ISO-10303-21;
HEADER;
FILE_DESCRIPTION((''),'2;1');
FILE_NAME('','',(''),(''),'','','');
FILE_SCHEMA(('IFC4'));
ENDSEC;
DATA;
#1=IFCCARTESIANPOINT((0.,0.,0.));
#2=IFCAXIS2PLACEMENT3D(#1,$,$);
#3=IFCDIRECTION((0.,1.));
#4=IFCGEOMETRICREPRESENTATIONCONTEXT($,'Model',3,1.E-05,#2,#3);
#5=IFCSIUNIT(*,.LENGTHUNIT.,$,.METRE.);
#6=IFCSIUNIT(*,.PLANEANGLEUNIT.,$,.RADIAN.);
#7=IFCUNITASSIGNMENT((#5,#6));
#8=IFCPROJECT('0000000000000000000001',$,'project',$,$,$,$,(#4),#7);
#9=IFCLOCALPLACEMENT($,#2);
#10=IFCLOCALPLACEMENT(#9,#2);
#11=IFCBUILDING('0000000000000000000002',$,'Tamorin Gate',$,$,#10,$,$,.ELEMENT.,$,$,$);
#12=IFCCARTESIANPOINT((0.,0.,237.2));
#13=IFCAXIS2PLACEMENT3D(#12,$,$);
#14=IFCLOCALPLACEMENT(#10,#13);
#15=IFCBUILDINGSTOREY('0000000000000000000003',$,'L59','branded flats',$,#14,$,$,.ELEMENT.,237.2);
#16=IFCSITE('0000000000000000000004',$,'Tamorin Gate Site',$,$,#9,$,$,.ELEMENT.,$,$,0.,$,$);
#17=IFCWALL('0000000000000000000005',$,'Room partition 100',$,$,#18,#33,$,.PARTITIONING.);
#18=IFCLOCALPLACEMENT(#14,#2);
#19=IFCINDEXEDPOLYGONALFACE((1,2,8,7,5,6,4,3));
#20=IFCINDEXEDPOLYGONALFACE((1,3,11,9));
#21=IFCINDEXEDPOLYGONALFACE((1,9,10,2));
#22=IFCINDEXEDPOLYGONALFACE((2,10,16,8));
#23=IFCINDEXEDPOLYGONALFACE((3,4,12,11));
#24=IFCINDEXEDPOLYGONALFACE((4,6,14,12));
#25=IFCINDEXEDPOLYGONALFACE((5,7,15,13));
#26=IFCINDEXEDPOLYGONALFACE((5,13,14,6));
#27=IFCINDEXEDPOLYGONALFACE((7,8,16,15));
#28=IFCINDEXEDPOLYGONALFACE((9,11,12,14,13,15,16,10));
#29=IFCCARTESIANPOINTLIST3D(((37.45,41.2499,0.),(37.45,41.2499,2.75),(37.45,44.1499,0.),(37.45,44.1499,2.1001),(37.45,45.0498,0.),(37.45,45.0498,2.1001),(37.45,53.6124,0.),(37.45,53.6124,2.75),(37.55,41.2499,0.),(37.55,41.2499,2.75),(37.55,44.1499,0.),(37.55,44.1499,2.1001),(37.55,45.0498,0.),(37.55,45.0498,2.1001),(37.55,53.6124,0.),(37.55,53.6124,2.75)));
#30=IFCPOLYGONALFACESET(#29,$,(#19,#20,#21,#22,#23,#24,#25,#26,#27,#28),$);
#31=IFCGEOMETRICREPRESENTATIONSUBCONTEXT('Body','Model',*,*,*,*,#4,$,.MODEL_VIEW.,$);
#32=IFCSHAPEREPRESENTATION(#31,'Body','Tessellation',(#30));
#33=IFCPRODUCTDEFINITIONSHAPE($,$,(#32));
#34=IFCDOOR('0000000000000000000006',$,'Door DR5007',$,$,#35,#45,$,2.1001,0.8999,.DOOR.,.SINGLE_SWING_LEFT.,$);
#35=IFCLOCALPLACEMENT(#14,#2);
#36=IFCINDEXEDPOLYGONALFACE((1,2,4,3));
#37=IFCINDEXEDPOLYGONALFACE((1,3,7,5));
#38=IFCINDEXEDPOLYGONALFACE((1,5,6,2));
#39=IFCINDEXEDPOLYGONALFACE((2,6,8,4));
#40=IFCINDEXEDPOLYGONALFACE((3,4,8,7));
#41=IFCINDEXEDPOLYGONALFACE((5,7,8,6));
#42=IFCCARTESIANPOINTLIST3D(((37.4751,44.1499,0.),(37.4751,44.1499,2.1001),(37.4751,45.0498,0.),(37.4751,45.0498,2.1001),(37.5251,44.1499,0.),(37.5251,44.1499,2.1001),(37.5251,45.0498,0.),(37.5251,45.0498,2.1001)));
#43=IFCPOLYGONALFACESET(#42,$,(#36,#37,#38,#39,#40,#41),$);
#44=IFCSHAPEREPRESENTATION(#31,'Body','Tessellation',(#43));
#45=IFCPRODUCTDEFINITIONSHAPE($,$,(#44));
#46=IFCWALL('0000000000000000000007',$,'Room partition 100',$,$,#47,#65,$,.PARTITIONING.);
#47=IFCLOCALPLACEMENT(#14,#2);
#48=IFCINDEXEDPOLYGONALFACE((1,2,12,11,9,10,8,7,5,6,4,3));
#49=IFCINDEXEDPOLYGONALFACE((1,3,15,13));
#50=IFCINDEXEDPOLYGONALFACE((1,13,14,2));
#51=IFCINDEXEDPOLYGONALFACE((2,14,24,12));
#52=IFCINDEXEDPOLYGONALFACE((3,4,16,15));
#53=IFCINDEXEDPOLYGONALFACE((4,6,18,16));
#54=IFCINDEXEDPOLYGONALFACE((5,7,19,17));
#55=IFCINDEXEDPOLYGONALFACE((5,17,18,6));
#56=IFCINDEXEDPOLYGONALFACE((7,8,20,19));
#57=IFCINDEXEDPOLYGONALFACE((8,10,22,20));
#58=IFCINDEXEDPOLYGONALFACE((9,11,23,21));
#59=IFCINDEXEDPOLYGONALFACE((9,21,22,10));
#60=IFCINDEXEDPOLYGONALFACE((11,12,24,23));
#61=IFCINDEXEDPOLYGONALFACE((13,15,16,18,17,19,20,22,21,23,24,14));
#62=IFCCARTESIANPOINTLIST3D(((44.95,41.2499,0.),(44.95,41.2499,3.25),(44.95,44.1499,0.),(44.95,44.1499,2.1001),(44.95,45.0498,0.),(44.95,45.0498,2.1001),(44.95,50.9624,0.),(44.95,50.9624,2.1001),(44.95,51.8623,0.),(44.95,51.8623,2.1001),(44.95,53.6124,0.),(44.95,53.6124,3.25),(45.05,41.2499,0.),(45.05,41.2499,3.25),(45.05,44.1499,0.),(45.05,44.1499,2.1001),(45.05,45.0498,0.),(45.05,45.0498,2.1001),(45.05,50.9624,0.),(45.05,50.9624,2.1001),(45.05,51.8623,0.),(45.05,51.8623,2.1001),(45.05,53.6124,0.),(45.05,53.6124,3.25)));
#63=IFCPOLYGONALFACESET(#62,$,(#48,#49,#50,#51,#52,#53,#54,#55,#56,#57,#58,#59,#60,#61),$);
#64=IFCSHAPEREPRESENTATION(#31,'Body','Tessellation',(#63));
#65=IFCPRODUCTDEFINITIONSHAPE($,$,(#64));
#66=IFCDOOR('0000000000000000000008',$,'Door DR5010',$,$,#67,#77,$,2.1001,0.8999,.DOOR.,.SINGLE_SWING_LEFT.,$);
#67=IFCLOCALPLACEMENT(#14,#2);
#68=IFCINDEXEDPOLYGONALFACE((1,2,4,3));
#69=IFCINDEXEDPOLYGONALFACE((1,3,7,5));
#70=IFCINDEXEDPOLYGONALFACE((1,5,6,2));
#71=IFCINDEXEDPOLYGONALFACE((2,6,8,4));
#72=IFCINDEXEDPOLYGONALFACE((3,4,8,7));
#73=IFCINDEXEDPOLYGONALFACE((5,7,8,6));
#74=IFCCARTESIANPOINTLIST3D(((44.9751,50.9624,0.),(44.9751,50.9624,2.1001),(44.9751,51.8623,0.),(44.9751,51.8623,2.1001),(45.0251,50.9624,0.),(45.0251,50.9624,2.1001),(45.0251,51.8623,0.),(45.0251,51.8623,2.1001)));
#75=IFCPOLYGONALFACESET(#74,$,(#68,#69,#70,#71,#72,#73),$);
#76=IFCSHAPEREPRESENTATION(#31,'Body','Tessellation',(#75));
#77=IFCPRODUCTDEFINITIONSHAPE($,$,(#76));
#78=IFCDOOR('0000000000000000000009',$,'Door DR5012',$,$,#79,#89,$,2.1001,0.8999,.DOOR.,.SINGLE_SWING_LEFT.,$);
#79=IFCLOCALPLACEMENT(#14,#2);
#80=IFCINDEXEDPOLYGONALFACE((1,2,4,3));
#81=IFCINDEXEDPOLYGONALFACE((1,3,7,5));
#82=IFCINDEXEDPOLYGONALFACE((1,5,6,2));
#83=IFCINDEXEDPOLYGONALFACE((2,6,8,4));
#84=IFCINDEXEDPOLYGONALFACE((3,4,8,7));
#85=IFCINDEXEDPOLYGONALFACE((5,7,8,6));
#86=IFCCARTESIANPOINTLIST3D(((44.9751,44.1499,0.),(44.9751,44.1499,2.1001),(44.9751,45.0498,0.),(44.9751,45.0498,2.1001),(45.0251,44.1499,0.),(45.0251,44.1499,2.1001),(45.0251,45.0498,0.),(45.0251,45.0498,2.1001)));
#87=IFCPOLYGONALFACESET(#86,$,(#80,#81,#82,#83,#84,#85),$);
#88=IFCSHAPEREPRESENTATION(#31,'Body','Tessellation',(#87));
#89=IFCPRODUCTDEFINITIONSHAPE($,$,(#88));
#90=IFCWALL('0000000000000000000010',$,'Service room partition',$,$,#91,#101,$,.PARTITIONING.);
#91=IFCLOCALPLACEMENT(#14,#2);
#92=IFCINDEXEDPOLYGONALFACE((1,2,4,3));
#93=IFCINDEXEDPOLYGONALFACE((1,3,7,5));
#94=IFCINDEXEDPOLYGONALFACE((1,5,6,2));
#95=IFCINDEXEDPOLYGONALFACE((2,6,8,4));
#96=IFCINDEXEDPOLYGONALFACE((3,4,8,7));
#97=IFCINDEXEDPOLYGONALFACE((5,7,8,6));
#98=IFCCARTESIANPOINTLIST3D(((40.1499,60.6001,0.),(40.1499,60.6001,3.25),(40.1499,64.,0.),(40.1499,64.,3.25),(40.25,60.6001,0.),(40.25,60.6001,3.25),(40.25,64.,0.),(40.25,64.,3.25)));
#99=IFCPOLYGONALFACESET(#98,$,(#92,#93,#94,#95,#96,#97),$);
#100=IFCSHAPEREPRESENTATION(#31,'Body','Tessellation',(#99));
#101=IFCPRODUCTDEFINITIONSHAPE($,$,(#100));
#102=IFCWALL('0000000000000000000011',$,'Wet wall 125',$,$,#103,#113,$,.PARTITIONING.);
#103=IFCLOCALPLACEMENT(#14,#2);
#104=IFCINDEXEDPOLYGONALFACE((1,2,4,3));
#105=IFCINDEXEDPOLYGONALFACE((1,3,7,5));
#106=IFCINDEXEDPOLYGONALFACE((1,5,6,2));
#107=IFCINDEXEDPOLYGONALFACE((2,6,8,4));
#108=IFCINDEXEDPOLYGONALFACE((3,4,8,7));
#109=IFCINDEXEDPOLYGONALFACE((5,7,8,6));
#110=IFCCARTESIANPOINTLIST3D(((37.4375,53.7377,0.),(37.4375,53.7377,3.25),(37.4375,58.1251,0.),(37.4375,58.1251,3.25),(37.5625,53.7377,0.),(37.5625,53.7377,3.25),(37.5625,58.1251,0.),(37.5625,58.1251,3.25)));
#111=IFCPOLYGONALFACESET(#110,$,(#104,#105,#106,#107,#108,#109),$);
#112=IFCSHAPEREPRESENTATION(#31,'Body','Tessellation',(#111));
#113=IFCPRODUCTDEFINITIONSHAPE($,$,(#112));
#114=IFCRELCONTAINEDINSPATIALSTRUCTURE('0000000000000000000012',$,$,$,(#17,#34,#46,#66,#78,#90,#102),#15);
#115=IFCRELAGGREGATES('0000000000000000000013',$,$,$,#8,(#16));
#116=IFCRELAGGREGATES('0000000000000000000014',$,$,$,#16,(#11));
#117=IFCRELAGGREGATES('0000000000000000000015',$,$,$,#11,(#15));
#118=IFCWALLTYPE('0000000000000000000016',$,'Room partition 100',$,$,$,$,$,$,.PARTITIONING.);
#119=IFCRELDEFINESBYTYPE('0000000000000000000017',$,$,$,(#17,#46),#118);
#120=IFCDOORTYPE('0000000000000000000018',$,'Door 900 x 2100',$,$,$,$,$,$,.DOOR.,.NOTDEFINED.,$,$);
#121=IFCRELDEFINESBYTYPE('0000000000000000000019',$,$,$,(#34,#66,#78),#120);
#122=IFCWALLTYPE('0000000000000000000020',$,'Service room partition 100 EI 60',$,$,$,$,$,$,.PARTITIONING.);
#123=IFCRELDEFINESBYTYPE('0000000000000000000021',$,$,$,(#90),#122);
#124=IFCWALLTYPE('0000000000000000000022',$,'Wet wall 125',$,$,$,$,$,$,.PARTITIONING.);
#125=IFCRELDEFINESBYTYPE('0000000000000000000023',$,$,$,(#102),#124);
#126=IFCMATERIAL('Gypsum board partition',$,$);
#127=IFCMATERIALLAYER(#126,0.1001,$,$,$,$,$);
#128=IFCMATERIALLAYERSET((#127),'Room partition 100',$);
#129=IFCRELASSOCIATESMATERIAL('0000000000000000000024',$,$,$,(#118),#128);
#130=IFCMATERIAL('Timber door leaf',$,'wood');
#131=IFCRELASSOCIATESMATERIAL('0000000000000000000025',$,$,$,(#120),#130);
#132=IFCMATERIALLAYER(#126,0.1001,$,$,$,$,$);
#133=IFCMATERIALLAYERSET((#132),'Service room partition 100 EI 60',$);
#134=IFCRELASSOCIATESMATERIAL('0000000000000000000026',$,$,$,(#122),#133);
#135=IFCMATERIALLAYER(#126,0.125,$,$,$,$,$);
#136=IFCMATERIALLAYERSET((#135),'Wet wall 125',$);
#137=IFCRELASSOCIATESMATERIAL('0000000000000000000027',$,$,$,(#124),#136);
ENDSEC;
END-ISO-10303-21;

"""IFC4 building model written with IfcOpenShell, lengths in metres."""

from ifc_helpers import new_model, si_unit, direction, frame, frame_2d, origin, place, context, subcontext, project, spatial, rectangle, extrude, material, layer, layer_set, type_object, element, fill, save


model = new_model("IFC4")

# Units and contexts
model_context = context("Model", 3, precision=1e-05, world=origin(), true_north=direction((0.0, 1.0)))
body_context = subcontext(model_context, "Body", "Model", "MODEL_VIEW")
ifc_project = project(units=[si_unit("LENGTHUNIT", "METRE"), si_unit("PLANEANGLEUNIT", "RADIAN")], contexts=[model_context])

# Site, building, storey
site_placement = place(None, origin())
site = spatial("IfcSite", under=ifc_project, at=site_placement, Name="Tamorin Gate Site", CompositionType="ELEMENT", RefElevation=0.0)
building_placement = place(site_placement, origin())
building = spatial("IfcBuilding", under=site, at=building_placement, Name="Tamorin Gate", CompositionType="ELEMENT")
storey_placement = place(building_placement, frame((0.0, 0.0, 237.2)))
storey = spatial("IfcBuildingStorey", under=building, at=storey_placement, Name="L59", Description="branded flats", CompositionType="ELEMENT", Elevation=237.2)

# Shared definitions
ifc_material_1 = material(Name="Gypsum board partition")

# Wall, opening, door
ifc_layer_1 = layer(ifc_material_1, 0.1001)
ifc_layer_set_1 = layer_set([ifc_layer_1], Name="Room partition 100")
wall_type_1 = type_object("IfcWallType", Name="Room partition 100", PredefinedType="PARTITIONING", material=ifc_layer_set_1)
wall_1_placement = place(storey_placement, frame((37.5, 41.25, 0.0), z_axis=(0.0, 0.0, 1.0), x_axis=(0.0, 1.0, 0.0)))
wall_1 = element("IfcWall", 1, at=wall_1_placement, inside=storey, type_object=wall_type_1, Name="Room partition 100", PredefinedType="PARTITIONING", context=body_context, shape_type="SweptSolid", body=[
    extrude(rectangle(XDim=12.3625, YDim=0.1001, at=frame_2d((6.1812, 0.0))), origin(), (0.0, 0.0, 1.0), 2.75),
])
opening_1_placement = place(wall_1_placement, frame((2.8999, 0.0, 0.0)))
opening_1 = element("IfcOpeningElement", 2, at=opening_1_placement, cuts=wall_1, PredefinedType="OPENING", context=body_context, shape_type="SweptSolid", body=[
    extrude(rectangle(XDim=0.8999, YDim=2.1001, at=frame_2d((0.45, 1.05))), frame((0.0, 0.0601, 0.0), z_axis=(0.0, -1.0, 0.0), x_axis=(1.0, 0.0, 0.0)), (0.0, 0.0, 1.0), 0.1201),
])
ifc_material_2 = material(Name="Timber door leaf", Category="wood")
door_type = type_object("IfcDoorType", Name="Door 900 x 2100", OperationType="NOTDEFINED", PredefinedType="DOOR", material=ifc_material_2)
door_1_placement = place(opening_1_placement, origin())
door_1 = element("IfcDoor", 3, at=door_1_placement, inside=storey, type_object=door_type, Name="Door DR5007", OperationType="SINGLE_SWING_LEFT", OverallHeight=2.1001, OverallWidth=0.8999, PredefinedType="DOOR", context=body_context, shape_type="SweptSolid", body=[
    extrude(rectangle(XDim=0.8999, YDim=2.1001, at=frame_2d((0.45, 1.05))), frame((0.0, 0.0249, 0.0), z_axis=(0.0, -1.0, 0.0), x_axis=(1.0, 0.0, 0.0)), (0.0, 0.0, 1.0), 0.05),
])
fill(opening_1, door_1)

# Wall, openings, doors
wall_2_placement = place(storey_placement, frame((45.0, 41.25, 0.0), z_axis=(0.0, 0.0, 1.0), x_axis=(0.0, 1.0, 0.0)))
wall_2 = element("IfcWall", 4, at=wall_2_placement, inside=storey, type_object=wall_type_1, Name="Room partition 100", PredefinedType="PARTITIONING", context=body_context, shape_type="SweptSolid", body=[
    extrude(rectangle(XDim=12.3625, YDim=0.1001, at=frame_2d((6.1812, 0.0))), origin(), (0.0, 0.0, 1.0), 3.25),
])
opening_2_placement = place(wall_2_placement, frame((9.7124, 0.0, 0.0)))
opening_2 = element("IfcOpeningElement", 5, at=opening_2_placement, cuts=wall_2, PredefinedType="OPENING", context=body_context, shape_type="SweptSolid", body=[
    extrude(rectangle(XDim=0.8999, YDim=2.1001, at=frame_2d((0.45, 1.05))), frame((0.0, 0.0601, 0.0), z_axis=(0.0, -1.0, 0.0), x_axis=(1.0, 0.0, 0.0)), (0.0, 0.0, 1.0), 0.1201),
])
opening_3_placement = place(wall_2_placement, frame((2.8999, 0.0, 0.0)))
opening_3 = element("IfcOpeningElement", 6, at=opening_3_placement, cuts=wall_2, PredefinedType="OPENING", context=body_context, shape_type="SweptSolid", body=[
    extrude(rectangle(XDim=0.8999, YDim=2.1001, at=frame_2d((0.45, 1.05))), frame((0.0, 0.0601, 0.0), z_axis=(0.0, -1.0, 0.0), x_axis=(1.0, 0.0, 0.0)), (0.0, 0.0, 1.0), 0.1201),
])
door_2_placement = place(opening_2_placement, origin())
door_2 = element("IfcDoor", 7, at=door_2_placement, inside=storey, type_object=door_type, Name="Door DR5010", OperationType="SINGLE_SWING_LEFT", OverallHeight=2.1001, OverallWidth=0.8999, PredefinedType="DOOR", context=body_context, shape_type="SweptSolid", body=[
    extrude(rectangle(XDim=0.8999, YDim=2.1001, at=frame_2d((0.45, 1.05))), frame((0.0, 0.0249, 0.0), z_axis=(0.0, -1.0, 0.0), x_axis=(1.0, 0.0, 0.0)), (0.0, 0.0, 1.0), 0.05),
])
fill(opening_2, door_2)
door_3_placement = place(opening_3_placement, origin())
door_3 = element("IfcDoor", 8, at=door_3_placement, inside=storey, type_object=door_type, Name="Door DR5012", OperationType="SINGLE_SWING_LEFT", OverallHeight=2.1001, OverallWidth=0.8999, PredefinedType="DOOR", context=body_context, shape_type="SweptSolid", body=[
    extrude(rectangle(XDim=0.8999, YDim=2.1001, at=frame_2d((0.45, 1.05))), frame((0.0, 0.0249, 0.0), z_axis=(0.0, -1.0, 0.0), x_axis=(1.0, 0.0, 0.0)), (0.0, 0.0, 1.0), 0.05),
])
fill(opening_3, door_3)

# Walls
ifc_layer_2 = layer(ifc_material_1, 0.1001)
ifc_layer_set_2 = layer_set([ifc_layer_2], Name="Service room partition 100 EI 60")
wall_type_2 = type_object("IfcWallType", Name="Service room partition 100 EI 60", PredefinedType="PARTITIONING", material=ifc_layer_set_2)
wall_3_placement = place(storey_placement, frame((40.2, 60.6001, 0.0), z_axis=(0.0, 0.0, 1.0), x_axis=(0.0, 1.0, 0.0)))
element("IfcWall", 9, at=wall_3_placement, inside=storey, type_object=wall_type_2, Name="Service room partition", PredefinedType="PARTITIONING", context=body_context, shape_type="SweptSolid", body=[
    extrude(rectangle(XDim=3.3999, YDim=0.1001, at=frame_2d((1.7, 0.0))), origin(), (0.0, 0.0, 1.0), 3.25),
])
ifc_layer_3 = layer(ifc_material_1, 0.125)
ifc_layer_set_3 = layer_set([ifc_layer_3], Name="Wet wall 125")
wall_type_3 = type_object("IfcWallType", Name="Wet wall 125", PredefinedType="PARTITIONING", material=ifc_layer_set_3)
wall_4_placement = place(storey_placement, frame((37.5, 53.7375, 0.0), z_axis=(0.0, 0.0, 1.0), x_axis=(0.0, 1.0, 0.0)))
element("IfcWall", 10, at=wall_4_placement, inside=storey, type_object=wall_type_3, Name="Wet wall 125", PredefinedType="PARTITIONING", context=body_context, shape_type="SweptSolid", body=[
    extrude(rectangle(XDim=4.3875, YDim=0.125, at=frame_2d((2.1938, 0.0))), origin(), (0.0, 0.0, 1.0), 3.25),
])

save(model, "model.ifc")
